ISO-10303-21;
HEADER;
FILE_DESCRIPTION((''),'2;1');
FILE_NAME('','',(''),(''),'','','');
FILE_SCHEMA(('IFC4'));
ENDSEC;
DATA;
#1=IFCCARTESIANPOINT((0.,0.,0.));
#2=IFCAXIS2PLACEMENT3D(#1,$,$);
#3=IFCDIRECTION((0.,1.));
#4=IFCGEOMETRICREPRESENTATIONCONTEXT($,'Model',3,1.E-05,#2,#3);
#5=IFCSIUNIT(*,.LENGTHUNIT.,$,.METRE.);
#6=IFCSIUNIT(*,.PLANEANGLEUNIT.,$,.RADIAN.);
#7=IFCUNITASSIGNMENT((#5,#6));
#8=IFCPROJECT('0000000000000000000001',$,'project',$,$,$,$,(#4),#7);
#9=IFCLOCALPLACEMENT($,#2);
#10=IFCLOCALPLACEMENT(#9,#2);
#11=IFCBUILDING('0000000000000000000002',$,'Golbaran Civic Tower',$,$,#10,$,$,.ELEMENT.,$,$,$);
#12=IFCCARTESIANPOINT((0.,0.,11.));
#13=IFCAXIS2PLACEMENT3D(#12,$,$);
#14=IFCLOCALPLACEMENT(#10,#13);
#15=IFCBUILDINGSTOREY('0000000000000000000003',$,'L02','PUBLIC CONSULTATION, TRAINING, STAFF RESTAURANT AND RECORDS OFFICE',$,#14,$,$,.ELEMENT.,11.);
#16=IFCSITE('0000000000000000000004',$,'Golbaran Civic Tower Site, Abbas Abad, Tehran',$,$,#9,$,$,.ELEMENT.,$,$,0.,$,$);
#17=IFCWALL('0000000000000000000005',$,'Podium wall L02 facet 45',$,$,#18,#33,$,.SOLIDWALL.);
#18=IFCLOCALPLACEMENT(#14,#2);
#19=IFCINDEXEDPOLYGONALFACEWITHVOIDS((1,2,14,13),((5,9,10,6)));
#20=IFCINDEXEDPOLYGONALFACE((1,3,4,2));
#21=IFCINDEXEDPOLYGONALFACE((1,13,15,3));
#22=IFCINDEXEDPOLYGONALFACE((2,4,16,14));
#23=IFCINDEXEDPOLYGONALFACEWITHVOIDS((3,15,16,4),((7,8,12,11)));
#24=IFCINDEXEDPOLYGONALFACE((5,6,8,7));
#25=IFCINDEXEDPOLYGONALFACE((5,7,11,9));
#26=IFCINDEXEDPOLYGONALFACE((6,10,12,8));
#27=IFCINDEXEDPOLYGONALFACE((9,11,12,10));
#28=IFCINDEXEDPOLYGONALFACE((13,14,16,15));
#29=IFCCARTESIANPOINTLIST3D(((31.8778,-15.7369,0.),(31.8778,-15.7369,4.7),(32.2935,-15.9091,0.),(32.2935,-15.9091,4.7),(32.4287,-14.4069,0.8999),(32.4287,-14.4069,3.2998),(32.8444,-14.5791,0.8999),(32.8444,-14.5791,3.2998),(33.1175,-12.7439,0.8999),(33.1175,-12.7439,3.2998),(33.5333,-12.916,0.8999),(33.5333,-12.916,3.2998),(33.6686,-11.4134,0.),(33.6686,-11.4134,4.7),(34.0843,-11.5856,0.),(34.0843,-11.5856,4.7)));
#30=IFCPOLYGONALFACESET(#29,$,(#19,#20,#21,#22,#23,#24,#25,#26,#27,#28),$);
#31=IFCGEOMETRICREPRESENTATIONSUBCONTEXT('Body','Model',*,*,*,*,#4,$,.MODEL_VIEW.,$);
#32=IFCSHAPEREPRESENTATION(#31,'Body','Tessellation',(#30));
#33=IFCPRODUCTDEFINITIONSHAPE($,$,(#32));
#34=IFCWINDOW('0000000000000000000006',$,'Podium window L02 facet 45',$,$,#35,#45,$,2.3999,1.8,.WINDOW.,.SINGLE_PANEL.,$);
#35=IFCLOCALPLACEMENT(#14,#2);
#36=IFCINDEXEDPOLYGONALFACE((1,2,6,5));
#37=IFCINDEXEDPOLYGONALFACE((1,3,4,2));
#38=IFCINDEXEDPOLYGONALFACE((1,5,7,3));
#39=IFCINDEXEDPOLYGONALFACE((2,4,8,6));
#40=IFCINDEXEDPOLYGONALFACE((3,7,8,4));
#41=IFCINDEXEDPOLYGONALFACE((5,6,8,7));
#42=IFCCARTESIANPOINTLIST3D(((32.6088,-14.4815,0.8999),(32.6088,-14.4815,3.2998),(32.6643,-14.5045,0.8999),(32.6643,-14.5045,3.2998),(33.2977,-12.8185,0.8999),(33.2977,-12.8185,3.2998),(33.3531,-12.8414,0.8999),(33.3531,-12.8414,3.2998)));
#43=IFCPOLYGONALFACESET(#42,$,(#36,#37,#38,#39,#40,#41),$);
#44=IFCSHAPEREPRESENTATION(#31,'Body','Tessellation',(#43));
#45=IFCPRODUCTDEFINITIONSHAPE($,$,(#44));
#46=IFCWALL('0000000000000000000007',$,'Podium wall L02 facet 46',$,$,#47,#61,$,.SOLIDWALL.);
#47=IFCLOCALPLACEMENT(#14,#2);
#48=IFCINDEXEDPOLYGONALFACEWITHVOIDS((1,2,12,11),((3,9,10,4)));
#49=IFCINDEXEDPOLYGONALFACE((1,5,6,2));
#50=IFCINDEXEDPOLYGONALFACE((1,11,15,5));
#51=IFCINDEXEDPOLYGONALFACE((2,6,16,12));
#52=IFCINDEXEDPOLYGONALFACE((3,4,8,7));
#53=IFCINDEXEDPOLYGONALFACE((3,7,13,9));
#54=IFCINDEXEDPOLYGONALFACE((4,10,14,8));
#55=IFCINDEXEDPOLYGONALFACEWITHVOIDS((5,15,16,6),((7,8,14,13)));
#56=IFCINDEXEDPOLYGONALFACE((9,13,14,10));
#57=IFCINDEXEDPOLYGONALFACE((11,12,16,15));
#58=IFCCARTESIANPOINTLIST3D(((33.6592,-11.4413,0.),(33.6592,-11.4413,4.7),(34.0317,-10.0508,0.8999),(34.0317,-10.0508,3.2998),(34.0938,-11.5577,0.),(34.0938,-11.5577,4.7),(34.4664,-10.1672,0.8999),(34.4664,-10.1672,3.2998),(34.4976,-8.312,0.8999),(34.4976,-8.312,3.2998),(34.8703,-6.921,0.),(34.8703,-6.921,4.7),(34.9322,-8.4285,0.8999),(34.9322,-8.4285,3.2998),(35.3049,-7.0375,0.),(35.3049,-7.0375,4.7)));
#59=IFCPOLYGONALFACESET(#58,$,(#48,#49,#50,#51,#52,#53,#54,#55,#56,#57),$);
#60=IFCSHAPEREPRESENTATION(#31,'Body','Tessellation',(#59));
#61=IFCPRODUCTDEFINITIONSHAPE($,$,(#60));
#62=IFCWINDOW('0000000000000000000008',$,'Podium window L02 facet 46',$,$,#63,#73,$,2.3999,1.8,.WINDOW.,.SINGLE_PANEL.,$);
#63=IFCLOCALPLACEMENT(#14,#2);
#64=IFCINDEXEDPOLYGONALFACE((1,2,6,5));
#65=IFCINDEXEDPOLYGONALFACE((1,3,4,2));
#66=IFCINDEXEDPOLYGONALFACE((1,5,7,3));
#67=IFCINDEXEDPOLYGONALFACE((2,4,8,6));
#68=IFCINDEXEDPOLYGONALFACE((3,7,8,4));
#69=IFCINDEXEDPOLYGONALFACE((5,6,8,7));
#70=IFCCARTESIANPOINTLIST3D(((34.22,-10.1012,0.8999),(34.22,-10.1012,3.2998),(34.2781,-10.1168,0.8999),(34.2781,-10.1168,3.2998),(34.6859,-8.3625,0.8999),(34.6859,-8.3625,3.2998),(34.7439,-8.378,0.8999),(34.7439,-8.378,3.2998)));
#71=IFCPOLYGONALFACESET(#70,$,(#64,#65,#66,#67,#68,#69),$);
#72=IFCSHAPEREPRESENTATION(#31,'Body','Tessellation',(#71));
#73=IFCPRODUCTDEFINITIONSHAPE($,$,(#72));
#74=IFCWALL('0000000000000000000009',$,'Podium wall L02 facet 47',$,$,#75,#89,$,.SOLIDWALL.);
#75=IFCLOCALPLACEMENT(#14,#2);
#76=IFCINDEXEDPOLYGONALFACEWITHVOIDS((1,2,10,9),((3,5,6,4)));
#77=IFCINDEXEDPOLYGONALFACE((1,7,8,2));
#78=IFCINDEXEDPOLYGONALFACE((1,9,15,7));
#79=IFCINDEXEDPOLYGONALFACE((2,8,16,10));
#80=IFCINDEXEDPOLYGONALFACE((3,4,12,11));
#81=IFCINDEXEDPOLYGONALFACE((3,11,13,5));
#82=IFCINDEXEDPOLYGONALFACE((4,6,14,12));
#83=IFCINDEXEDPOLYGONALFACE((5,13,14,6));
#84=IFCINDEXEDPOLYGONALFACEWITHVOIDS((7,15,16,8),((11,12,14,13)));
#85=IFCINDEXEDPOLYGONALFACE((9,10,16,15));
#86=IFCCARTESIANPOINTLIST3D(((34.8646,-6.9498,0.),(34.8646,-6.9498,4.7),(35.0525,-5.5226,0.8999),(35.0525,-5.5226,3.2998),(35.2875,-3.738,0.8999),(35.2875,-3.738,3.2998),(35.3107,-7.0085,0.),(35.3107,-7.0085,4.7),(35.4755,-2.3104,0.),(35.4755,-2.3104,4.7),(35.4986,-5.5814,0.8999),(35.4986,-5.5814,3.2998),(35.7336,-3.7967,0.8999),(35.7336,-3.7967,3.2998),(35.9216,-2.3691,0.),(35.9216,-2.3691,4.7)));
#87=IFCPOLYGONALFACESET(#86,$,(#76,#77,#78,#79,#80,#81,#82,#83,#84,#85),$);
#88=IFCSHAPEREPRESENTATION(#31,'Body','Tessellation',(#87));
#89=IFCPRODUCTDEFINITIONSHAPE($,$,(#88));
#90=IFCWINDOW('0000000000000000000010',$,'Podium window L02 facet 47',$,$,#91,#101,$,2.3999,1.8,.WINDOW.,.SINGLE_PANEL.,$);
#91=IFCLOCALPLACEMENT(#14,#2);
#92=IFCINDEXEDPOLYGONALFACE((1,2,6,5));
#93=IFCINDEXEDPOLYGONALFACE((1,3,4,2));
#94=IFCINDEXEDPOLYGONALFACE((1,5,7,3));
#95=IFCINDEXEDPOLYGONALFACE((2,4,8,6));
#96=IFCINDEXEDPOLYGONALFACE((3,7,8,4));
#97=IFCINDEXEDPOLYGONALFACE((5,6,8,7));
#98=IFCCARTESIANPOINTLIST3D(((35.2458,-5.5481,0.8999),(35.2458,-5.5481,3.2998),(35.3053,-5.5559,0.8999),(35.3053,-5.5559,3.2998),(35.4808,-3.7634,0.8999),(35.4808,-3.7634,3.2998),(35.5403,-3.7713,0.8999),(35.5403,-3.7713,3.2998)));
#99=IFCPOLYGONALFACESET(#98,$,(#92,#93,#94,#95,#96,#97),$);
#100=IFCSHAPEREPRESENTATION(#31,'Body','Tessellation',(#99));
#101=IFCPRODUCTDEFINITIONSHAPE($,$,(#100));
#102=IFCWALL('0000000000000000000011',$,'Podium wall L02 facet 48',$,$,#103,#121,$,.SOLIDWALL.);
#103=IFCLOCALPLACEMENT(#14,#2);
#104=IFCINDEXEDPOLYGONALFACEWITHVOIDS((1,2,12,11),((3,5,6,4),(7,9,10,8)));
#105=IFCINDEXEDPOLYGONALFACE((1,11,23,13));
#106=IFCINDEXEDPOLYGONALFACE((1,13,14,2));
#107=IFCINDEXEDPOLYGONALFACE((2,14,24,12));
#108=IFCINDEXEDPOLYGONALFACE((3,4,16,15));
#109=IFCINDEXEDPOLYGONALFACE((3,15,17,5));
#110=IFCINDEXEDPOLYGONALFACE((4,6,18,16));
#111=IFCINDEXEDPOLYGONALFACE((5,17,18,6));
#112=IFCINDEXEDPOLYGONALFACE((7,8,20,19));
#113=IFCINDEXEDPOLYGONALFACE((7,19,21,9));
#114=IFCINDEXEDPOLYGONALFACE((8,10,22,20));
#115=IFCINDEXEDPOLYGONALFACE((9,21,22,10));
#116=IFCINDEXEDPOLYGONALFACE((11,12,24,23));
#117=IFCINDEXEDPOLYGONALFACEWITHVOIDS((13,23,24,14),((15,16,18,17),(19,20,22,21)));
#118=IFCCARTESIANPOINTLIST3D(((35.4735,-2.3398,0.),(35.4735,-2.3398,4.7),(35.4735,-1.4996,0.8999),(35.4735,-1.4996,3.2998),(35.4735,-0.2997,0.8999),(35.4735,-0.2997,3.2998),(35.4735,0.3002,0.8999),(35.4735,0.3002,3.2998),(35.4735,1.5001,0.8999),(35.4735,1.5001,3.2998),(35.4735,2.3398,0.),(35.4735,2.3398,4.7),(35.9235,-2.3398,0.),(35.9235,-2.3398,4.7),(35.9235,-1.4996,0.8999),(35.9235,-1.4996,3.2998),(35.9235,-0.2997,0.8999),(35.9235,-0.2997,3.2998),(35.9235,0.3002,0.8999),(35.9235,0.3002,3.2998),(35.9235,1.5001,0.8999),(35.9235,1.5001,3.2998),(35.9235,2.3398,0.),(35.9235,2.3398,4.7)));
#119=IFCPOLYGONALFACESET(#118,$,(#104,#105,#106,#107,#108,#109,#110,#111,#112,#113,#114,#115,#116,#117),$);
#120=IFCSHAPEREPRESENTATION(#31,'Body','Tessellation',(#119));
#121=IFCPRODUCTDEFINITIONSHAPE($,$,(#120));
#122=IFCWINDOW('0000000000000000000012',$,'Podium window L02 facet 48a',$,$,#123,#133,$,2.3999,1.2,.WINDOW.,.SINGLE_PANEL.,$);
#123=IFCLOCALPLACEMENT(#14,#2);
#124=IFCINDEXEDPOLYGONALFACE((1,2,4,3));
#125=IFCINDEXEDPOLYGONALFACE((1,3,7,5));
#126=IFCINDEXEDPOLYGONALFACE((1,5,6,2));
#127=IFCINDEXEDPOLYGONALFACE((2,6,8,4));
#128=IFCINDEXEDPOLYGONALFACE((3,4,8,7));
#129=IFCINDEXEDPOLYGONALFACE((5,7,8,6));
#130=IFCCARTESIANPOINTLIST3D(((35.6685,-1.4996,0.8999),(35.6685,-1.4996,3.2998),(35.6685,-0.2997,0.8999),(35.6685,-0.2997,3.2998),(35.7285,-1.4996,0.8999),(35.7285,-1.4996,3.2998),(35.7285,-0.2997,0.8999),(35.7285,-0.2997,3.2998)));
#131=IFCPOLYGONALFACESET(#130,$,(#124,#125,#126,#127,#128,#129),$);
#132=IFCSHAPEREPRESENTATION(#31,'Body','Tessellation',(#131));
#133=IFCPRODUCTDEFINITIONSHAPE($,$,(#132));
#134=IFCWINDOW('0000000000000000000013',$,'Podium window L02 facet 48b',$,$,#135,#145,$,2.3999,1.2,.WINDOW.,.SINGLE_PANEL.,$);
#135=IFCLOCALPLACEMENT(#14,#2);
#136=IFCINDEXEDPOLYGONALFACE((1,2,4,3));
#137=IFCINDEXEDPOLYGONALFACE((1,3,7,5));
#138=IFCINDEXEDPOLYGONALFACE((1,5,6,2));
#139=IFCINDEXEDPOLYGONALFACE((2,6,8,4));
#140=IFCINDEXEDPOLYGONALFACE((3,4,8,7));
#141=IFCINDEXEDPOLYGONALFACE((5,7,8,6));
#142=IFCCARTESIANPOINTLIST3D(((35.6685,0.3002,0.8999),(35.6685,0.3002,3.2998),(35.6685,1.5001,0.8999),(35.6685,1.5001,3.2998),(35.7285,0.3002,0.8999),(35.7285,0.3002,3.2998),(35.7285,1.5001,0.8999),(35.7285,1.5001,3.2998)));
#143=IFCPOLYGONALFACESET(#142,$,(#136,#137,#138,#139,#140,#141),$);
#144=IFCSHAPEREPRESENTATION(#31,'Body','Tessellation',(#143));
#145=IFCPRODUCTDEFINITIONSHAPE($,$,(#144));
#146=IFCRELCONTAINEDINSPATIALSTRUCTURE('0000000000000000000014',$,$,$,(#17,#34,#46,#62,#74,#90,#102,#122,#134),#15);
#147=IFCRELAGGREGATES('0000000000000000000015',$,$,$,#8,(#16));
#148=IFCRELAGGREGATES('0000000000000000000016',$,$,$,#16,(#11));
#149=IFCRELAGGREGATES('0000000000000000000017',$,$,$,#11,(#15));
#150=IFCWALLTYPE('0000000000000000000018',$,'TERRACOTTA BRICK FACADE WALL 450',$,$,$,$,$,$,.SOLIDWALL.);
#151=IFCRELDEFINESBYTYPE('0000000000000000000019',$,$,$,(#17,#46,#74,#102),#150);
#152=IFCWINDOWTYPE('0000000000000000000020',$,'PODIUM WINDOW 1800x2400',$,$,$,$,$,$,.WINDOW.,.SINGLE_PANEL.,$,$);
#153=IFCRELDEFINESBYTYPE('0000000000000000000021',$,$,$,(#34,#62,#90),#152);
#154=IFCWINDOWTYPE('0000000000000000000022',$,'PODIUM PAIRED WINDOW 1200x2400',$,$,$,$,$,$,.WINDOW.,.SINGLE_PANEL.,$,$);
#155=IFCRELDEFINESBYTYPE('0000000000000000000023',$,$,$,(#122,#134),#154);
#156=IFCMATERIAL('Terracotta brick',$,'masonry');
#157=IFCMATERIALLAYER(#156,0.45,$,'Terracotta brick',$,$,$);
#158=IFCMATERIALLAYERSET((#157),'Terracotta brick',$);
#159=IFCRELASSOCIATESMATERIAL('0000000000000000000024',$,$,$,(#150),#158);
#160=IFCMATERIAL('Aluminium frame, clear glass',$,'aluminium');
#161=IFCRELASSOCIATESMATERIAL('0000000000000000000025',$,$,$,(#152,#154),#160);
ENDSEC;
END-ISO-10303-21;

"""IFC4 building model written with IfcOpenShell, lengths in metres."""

from ifc_helpers import new_model, si_unit, direction, frame, frame_2d, origin, place, context, subcontext, project, spatial, rectangle, extrude, material, layer, layer_set, type_object, element, fill, save


model = new_model("IFC4")

# Units and contexts
model_context = context("Model", 3, precision=1e-05, world=origin(), true_north=direction((0.0, 1.0)))
body_context = subcontext(model_context, "Body", "Model", "MODEL_VIEW")
ifc_project = project(units=[si_unit("LENGTHUNIT", "METRE"), si_unit("PLANEANGLEUNIT", "RADIAN")], contexts=[model_context])

# Site, building, storey
site_placement = place(None, origin())
site = spatial("IfcSite", under=ifc_project, at=site_placement, Name="Golbaran Civic Tower Site, Abbas Abad, Tehran", CompositionType="ELEMENT", RefElevation=0.0)
building_placement = place(site_placement, origin())
building = spatial("IfcBuilding", under=site, at=building_placement, Name="Golbaran Civic Tower", CompositionType="ELEMENT")
storey_placement = place(building_placement, frame((0.0, 0.0, 11.0)))
storey = spatial("IfcBuildingStorey", under=building, at=storey_placement, Name="L02", Description="PUBLIC CONSULTATION, TRAINING, STAFF RESTAURANT AND RECORDS OFFICE", CompositionType="ELEMENT", Elevation=11.0)

# Walls, openings, windows
ifc_material_1 = material(Name="Terracotta brick", Category="masonry")
ifc_layer_1 = layer(ifc_material_1, 0.45, Name="Terracotta brick")
ifc_layer_set_1 = layer_set([ifc_layer_1], Name="Terracotta brick")
wall_type_1 = type_object("IfcWallType", Name="TERRACOTTA BRICK FACADE WALL 450", PredefinedType="SOLIDWALL", material=ifc_layer_set_1)
wall_1_placement = place(storey_placement, frame((32.0857, -15.823, 0.0), z_axis=(0.0, 0.0, 1.0), x_axis=(0.38267, 0.923885, 0.0)))
wall_1 = element("IfcWall", 1, at=wall_1_placement, inside=storey, type_object=wall_type_1, Name="Podium wall L02 facet 45", PredefinedType="SOLIDWALL", context=body_context, shape_type="SweptSolid", body=[
    extrude(rectangle(XDim=4.6797, YDim=0.45, at=frame_2d((2.3398, 0.0))), origin(), (0.0, 0.0, 1.0), 4.7),
])
opening_1_placement = place(wall_1_placement, frame((1.4397, 0.0, 0.8999)))
opening_1 = element("IfcOpeningElement", 2, at=opening_1_placement, cuts=wall_1, PredefinedType="OPENING", context=body_context, shape_type="SweptSolid", body=[
    extrude(rectangle(XDim=1.8, YDim=2.3999, at=frame_2d((0.8999, 1.2))), frame((0.0, 0.2349, 0.0), z_axis=(0.0, -1.0, 0.0), x_axis=(1.0, 0.0, 0.0)), (0.0, 0.0, 1.0), 0.47),
])
ifc_material_2 = material(Name="Aluminium frame, clear glass", Category="aluminium")
window_type_1 = type_object("IfcWindowType", Name="PODIUM WINDOW 1800x2400", PartitioningType="SINGLE_PANEL", PredefinedType="WINDOW", material=ifc_material_2)
window_1_placement = place(opening_1_placement, origin())
window_1 = element("IfcWindow", 3, at=window_1_placement, inside=storey, type_object=window_type_1, Name="Podium window L02 facet 45", OverallHeight=2.3999, OverallWidth=1.8, PartitioningType="SINGLE_PANEL", PredefinedType="WINDOW", context=body_context, shape_type="SweptSolid", body=[
    extrude(rectangle(XDim=1.8, YDim=2.3999, at=frame_2d((0.8999, 1.2))), frame((0.0, 0.03, 0.0), z_axis=(0.0, -1.0, 0.0), x_axis=(1.0, 0.0, 0.0)), (0.0, 0.0, 1.0), 0.0601),
])
fill(opening_1, window_1)
wall_2_placement = place(storey_placement, frame((33.8765, -11.4995, 0.0), z_axis=(0.0, 0.0, 1.0), x_axis=(0.258815, 0.965927, 0.0)))
wall_2 = element("IfcWall", 4, at=wall_2_placement, inside=storey, type_object=wall_type_1, Name="Podium wall L02 facet 46", PredefinedType="SOLIDWALL", context=body_context, shape_type="SweptSolid", body=[
    extrude(rectangle(XDim=4.6797, YDim=0.45, at=frame_2d((2.3398, 0.0))), origin(), (0.0, 0.0, 1.0), 4.7),
])
opening_2_placement = place(wall_2_placement, frame((1.4397, 0.0, 0.8999)))
opening_2 = element("IfcOpeningElement", 5, at=opening_2_placement, cuts=wall_2, PredefinedType="OPENING", context=body_context, shape_type="SweptSolid", body=[
    extrude(rectangle(XDim=1.8, YDim=2.3999, at=frame_2d((0.8999, 1.2))), frame((0.0, 0.2349, 0.0), z_axis=(0.0, -1.0, 0.0), x_axis=(1.0, 0.0, 0.0)), (0.0, 0.0, 1.0), 0.47),
])
window_2_placement = place(opening_2_placement, origin())
window_2 = element("IfcWindow", 6, at=window_2_placement, inside=storey, type_object=window_type_1, Name="Podium window L02 facet 46", OverallHeight=2.3999, OverallWidth=1.8, PartitioningType="SINGLE_PANEL", PredefinedType="WINDOW", context=body_context, shape_type="SweptSolid", body=[
    extrude(rectangle(XDim=1.8, YDim=2.3999, at=frame_2d((0.8999, 1.2))), frame((0.0, 0.03, 0.0), z_axis=(0.0, -1.0, 0.0), x_axis=(1.0, 0.0, 0.0)), (0.0, 0.0, 1.0), 0.0601),
])
fill(opening_2, window_2)
wall_3_placement = place(storey_placement, frame((35.0876, -6.9792, 0.0), z_axis=(0.0, 0.0, 1.0), x_axis=(0.130537, 0.991443, 0.0)))
wall_3 = element("IfcWall", 7, at=wall_3_placement, inside=storey, type_object=wall_type_1, Name="Podium wall L02 facet 47", PredefinedType="SOLIDWALL", context=body_context, shape_type="SweptSolid", body=[
    extrude(rectangle(XDim=4.6794, YDim=0.45, at=frame_2d((2.3398, 0.0))), origin(), (0.0, 0.0, 1.0), 4.7),
])
opening_3_placement = place(wall_3_placement, frame((1.4397, 0.0, 0.8999)))
opening_3 = element("IfcOpeningElement", 8, at=opening_3_placement, cuts=wall_3, PredefinedType="OPENING", context=body_context, shape_type="SweptSolid", body=[
    extrude(rectangle(XDim=1.8, YDim=2.3999, at=frame_2d((0.8999, 1.2))), frame((0.0, 0.2349, 0.0), z_axis=(0.0, -1.0, 0.0), x_axis=(1.0, 0.0, 0.0)), (0.0, 0.0, 1.0), 0.47),
])
window_3_placement = place(opening_3_placement, origin())
window_3 = element("IfcWindow", 9, at=window_3_placement, inside=storey, type_object=window_type_1, Name="Podium window L02 facet 47", OverallHeight=2.3999, OverallWidth=1.8, PartitioningType="SINGLE_PANEL", PredefinedType="WINDOW", context=body_context, shape_type="SweptSolid", body=[
    extrude(rectangle(XDim=1.8, YDim=2.3999, at=frame_2d((0.8999, 1.2))), frame((0.0, 0.03, 0.0), z_axis=(0.0, -1.0, 0.0), x_axis=(1.0, 0.0, 0.0)), (0.0, 0.0, 1.0), 0.0601),
])
fill(opening_3, window_3)

# Wall, openings, windows
wall_4_placement = place(storey_placement, frame((35.6985, -2.3398, 0.0), z_axis=(0.0, 0.0, 1.0), x_axis=(0.0, 1.0, 0.0)))
wall_4 = element("IfcWall", 10, at=wall_4_placement, inside=storey, type_object=wall_type_1, Name="Podium wall L02 facet 48", PredefinedType="SOLIDWALL", context=body_context, shape_type="SweptSolid", body=[
    extrude(rectangle(XDim=4.6797, YDim=0.45, at=frame_2d((2.3398, 0.0))), origin(), (0.0, 0.0, 1.0), 4.7),
])
opening_4_placement = place(wall_4_placement, frame((0.8401, 0.0, 0.8999)))
opening_4 = element("IfcOpeningElement", 11, at=opening_4_placement, cuts=wall_4, PredefinedType="OPENING", context=body_context, shape_type="SweptSolid", body=[
    extrude(rectangle(XDim=1.2, YDim=2.3999, at=frame_2d((0.6001, 1.2))), frame((0.0, 0.2349, 0.0), z_axis=(0.0, -1.0, 0.0), x_axis=(1.0, 0.0, 0.0)), (0.0, 0.0, 1.0), 0.47),
])
opening_5_placement = place(wall_4_placement, frame((2.6399, 0.0, 0.8999)))
opening_5 = element("IfcOpeningElement", 12, at=opening_5_placement, cuts=wall_4, PredefinedType="OPENING", context=body_context, shape_type="SweptSolid", body=[
    extrude(rectangle(XDim=1.2, YDim=2.3999, at=frame_2d((0.6001, 1.2))), frame((0.0, 0.2349, 0.0), z_axis=(0.0, -1.0, 0.0), x_axis=(1.0, 0.0, 0.0)), (0.0, 0.0, 1.0), 0.47),
])
window_type_2 = type_object("IfcWindowType", Name="PODIUM PAIRED WINDOW 1200x2400", PartitioningType="SINGLE_PANEL", PredefinedType="WINDOW", material=ifc_material_2)
window_4_placement = place(opening_4_placement, origin())
window_4 = element("IfcWindow", 13, at=window_4_placement, inside=storey, type_object=window_type_2, Name="Podium window L02 facet 48a", OverallHeight=2.3999, OverallWidth=1.2, PartitioningType="SINGLE_PANEL", PredefinedType="WINDOW", context=body_context, shape_type="SweptSolid", body=[
    extrude(rectangle(XDim=1.2, YDim=2.3999, at=frame_2d((0.6001, 1.2))), frame((0.0, 0.03, 0.0), z_axis=(0.0, -1.0, 0.0), x_axis=(1.0, 0.0, 0.0)), (0.0, 0.0, 1.0), 0.0601),
])
fill(opening_4, window_4)
window_5_placement = place(opening_5_placement, origin())
window_5 = element("IfcWindow", 14, at=window_5_placement, inside=storey, type_object=window_type_2, Name="Podium window L02 facet 48b", OverallHeight=2.3999, OverallWidth=1.2, PartitioningType="SINGLE_PANEL", PredefinedType="WINDOW", context=body_context, shape_type="SweptSolid", body=[
    extrude(rectangle(XDim=1.2, YDim=2.3999, at=frame_2d((0.6001, 1.2))), frame((0.0, 0.03, 0.0), z_axis=(0.0, -1.0, 0.0), x_axis=(1.0, 0.0, 0.0)), (0.0, 0.0, 1.0), 0.0601),
])
fill(opening_5, window_5)

save(model, "model.ifc")
